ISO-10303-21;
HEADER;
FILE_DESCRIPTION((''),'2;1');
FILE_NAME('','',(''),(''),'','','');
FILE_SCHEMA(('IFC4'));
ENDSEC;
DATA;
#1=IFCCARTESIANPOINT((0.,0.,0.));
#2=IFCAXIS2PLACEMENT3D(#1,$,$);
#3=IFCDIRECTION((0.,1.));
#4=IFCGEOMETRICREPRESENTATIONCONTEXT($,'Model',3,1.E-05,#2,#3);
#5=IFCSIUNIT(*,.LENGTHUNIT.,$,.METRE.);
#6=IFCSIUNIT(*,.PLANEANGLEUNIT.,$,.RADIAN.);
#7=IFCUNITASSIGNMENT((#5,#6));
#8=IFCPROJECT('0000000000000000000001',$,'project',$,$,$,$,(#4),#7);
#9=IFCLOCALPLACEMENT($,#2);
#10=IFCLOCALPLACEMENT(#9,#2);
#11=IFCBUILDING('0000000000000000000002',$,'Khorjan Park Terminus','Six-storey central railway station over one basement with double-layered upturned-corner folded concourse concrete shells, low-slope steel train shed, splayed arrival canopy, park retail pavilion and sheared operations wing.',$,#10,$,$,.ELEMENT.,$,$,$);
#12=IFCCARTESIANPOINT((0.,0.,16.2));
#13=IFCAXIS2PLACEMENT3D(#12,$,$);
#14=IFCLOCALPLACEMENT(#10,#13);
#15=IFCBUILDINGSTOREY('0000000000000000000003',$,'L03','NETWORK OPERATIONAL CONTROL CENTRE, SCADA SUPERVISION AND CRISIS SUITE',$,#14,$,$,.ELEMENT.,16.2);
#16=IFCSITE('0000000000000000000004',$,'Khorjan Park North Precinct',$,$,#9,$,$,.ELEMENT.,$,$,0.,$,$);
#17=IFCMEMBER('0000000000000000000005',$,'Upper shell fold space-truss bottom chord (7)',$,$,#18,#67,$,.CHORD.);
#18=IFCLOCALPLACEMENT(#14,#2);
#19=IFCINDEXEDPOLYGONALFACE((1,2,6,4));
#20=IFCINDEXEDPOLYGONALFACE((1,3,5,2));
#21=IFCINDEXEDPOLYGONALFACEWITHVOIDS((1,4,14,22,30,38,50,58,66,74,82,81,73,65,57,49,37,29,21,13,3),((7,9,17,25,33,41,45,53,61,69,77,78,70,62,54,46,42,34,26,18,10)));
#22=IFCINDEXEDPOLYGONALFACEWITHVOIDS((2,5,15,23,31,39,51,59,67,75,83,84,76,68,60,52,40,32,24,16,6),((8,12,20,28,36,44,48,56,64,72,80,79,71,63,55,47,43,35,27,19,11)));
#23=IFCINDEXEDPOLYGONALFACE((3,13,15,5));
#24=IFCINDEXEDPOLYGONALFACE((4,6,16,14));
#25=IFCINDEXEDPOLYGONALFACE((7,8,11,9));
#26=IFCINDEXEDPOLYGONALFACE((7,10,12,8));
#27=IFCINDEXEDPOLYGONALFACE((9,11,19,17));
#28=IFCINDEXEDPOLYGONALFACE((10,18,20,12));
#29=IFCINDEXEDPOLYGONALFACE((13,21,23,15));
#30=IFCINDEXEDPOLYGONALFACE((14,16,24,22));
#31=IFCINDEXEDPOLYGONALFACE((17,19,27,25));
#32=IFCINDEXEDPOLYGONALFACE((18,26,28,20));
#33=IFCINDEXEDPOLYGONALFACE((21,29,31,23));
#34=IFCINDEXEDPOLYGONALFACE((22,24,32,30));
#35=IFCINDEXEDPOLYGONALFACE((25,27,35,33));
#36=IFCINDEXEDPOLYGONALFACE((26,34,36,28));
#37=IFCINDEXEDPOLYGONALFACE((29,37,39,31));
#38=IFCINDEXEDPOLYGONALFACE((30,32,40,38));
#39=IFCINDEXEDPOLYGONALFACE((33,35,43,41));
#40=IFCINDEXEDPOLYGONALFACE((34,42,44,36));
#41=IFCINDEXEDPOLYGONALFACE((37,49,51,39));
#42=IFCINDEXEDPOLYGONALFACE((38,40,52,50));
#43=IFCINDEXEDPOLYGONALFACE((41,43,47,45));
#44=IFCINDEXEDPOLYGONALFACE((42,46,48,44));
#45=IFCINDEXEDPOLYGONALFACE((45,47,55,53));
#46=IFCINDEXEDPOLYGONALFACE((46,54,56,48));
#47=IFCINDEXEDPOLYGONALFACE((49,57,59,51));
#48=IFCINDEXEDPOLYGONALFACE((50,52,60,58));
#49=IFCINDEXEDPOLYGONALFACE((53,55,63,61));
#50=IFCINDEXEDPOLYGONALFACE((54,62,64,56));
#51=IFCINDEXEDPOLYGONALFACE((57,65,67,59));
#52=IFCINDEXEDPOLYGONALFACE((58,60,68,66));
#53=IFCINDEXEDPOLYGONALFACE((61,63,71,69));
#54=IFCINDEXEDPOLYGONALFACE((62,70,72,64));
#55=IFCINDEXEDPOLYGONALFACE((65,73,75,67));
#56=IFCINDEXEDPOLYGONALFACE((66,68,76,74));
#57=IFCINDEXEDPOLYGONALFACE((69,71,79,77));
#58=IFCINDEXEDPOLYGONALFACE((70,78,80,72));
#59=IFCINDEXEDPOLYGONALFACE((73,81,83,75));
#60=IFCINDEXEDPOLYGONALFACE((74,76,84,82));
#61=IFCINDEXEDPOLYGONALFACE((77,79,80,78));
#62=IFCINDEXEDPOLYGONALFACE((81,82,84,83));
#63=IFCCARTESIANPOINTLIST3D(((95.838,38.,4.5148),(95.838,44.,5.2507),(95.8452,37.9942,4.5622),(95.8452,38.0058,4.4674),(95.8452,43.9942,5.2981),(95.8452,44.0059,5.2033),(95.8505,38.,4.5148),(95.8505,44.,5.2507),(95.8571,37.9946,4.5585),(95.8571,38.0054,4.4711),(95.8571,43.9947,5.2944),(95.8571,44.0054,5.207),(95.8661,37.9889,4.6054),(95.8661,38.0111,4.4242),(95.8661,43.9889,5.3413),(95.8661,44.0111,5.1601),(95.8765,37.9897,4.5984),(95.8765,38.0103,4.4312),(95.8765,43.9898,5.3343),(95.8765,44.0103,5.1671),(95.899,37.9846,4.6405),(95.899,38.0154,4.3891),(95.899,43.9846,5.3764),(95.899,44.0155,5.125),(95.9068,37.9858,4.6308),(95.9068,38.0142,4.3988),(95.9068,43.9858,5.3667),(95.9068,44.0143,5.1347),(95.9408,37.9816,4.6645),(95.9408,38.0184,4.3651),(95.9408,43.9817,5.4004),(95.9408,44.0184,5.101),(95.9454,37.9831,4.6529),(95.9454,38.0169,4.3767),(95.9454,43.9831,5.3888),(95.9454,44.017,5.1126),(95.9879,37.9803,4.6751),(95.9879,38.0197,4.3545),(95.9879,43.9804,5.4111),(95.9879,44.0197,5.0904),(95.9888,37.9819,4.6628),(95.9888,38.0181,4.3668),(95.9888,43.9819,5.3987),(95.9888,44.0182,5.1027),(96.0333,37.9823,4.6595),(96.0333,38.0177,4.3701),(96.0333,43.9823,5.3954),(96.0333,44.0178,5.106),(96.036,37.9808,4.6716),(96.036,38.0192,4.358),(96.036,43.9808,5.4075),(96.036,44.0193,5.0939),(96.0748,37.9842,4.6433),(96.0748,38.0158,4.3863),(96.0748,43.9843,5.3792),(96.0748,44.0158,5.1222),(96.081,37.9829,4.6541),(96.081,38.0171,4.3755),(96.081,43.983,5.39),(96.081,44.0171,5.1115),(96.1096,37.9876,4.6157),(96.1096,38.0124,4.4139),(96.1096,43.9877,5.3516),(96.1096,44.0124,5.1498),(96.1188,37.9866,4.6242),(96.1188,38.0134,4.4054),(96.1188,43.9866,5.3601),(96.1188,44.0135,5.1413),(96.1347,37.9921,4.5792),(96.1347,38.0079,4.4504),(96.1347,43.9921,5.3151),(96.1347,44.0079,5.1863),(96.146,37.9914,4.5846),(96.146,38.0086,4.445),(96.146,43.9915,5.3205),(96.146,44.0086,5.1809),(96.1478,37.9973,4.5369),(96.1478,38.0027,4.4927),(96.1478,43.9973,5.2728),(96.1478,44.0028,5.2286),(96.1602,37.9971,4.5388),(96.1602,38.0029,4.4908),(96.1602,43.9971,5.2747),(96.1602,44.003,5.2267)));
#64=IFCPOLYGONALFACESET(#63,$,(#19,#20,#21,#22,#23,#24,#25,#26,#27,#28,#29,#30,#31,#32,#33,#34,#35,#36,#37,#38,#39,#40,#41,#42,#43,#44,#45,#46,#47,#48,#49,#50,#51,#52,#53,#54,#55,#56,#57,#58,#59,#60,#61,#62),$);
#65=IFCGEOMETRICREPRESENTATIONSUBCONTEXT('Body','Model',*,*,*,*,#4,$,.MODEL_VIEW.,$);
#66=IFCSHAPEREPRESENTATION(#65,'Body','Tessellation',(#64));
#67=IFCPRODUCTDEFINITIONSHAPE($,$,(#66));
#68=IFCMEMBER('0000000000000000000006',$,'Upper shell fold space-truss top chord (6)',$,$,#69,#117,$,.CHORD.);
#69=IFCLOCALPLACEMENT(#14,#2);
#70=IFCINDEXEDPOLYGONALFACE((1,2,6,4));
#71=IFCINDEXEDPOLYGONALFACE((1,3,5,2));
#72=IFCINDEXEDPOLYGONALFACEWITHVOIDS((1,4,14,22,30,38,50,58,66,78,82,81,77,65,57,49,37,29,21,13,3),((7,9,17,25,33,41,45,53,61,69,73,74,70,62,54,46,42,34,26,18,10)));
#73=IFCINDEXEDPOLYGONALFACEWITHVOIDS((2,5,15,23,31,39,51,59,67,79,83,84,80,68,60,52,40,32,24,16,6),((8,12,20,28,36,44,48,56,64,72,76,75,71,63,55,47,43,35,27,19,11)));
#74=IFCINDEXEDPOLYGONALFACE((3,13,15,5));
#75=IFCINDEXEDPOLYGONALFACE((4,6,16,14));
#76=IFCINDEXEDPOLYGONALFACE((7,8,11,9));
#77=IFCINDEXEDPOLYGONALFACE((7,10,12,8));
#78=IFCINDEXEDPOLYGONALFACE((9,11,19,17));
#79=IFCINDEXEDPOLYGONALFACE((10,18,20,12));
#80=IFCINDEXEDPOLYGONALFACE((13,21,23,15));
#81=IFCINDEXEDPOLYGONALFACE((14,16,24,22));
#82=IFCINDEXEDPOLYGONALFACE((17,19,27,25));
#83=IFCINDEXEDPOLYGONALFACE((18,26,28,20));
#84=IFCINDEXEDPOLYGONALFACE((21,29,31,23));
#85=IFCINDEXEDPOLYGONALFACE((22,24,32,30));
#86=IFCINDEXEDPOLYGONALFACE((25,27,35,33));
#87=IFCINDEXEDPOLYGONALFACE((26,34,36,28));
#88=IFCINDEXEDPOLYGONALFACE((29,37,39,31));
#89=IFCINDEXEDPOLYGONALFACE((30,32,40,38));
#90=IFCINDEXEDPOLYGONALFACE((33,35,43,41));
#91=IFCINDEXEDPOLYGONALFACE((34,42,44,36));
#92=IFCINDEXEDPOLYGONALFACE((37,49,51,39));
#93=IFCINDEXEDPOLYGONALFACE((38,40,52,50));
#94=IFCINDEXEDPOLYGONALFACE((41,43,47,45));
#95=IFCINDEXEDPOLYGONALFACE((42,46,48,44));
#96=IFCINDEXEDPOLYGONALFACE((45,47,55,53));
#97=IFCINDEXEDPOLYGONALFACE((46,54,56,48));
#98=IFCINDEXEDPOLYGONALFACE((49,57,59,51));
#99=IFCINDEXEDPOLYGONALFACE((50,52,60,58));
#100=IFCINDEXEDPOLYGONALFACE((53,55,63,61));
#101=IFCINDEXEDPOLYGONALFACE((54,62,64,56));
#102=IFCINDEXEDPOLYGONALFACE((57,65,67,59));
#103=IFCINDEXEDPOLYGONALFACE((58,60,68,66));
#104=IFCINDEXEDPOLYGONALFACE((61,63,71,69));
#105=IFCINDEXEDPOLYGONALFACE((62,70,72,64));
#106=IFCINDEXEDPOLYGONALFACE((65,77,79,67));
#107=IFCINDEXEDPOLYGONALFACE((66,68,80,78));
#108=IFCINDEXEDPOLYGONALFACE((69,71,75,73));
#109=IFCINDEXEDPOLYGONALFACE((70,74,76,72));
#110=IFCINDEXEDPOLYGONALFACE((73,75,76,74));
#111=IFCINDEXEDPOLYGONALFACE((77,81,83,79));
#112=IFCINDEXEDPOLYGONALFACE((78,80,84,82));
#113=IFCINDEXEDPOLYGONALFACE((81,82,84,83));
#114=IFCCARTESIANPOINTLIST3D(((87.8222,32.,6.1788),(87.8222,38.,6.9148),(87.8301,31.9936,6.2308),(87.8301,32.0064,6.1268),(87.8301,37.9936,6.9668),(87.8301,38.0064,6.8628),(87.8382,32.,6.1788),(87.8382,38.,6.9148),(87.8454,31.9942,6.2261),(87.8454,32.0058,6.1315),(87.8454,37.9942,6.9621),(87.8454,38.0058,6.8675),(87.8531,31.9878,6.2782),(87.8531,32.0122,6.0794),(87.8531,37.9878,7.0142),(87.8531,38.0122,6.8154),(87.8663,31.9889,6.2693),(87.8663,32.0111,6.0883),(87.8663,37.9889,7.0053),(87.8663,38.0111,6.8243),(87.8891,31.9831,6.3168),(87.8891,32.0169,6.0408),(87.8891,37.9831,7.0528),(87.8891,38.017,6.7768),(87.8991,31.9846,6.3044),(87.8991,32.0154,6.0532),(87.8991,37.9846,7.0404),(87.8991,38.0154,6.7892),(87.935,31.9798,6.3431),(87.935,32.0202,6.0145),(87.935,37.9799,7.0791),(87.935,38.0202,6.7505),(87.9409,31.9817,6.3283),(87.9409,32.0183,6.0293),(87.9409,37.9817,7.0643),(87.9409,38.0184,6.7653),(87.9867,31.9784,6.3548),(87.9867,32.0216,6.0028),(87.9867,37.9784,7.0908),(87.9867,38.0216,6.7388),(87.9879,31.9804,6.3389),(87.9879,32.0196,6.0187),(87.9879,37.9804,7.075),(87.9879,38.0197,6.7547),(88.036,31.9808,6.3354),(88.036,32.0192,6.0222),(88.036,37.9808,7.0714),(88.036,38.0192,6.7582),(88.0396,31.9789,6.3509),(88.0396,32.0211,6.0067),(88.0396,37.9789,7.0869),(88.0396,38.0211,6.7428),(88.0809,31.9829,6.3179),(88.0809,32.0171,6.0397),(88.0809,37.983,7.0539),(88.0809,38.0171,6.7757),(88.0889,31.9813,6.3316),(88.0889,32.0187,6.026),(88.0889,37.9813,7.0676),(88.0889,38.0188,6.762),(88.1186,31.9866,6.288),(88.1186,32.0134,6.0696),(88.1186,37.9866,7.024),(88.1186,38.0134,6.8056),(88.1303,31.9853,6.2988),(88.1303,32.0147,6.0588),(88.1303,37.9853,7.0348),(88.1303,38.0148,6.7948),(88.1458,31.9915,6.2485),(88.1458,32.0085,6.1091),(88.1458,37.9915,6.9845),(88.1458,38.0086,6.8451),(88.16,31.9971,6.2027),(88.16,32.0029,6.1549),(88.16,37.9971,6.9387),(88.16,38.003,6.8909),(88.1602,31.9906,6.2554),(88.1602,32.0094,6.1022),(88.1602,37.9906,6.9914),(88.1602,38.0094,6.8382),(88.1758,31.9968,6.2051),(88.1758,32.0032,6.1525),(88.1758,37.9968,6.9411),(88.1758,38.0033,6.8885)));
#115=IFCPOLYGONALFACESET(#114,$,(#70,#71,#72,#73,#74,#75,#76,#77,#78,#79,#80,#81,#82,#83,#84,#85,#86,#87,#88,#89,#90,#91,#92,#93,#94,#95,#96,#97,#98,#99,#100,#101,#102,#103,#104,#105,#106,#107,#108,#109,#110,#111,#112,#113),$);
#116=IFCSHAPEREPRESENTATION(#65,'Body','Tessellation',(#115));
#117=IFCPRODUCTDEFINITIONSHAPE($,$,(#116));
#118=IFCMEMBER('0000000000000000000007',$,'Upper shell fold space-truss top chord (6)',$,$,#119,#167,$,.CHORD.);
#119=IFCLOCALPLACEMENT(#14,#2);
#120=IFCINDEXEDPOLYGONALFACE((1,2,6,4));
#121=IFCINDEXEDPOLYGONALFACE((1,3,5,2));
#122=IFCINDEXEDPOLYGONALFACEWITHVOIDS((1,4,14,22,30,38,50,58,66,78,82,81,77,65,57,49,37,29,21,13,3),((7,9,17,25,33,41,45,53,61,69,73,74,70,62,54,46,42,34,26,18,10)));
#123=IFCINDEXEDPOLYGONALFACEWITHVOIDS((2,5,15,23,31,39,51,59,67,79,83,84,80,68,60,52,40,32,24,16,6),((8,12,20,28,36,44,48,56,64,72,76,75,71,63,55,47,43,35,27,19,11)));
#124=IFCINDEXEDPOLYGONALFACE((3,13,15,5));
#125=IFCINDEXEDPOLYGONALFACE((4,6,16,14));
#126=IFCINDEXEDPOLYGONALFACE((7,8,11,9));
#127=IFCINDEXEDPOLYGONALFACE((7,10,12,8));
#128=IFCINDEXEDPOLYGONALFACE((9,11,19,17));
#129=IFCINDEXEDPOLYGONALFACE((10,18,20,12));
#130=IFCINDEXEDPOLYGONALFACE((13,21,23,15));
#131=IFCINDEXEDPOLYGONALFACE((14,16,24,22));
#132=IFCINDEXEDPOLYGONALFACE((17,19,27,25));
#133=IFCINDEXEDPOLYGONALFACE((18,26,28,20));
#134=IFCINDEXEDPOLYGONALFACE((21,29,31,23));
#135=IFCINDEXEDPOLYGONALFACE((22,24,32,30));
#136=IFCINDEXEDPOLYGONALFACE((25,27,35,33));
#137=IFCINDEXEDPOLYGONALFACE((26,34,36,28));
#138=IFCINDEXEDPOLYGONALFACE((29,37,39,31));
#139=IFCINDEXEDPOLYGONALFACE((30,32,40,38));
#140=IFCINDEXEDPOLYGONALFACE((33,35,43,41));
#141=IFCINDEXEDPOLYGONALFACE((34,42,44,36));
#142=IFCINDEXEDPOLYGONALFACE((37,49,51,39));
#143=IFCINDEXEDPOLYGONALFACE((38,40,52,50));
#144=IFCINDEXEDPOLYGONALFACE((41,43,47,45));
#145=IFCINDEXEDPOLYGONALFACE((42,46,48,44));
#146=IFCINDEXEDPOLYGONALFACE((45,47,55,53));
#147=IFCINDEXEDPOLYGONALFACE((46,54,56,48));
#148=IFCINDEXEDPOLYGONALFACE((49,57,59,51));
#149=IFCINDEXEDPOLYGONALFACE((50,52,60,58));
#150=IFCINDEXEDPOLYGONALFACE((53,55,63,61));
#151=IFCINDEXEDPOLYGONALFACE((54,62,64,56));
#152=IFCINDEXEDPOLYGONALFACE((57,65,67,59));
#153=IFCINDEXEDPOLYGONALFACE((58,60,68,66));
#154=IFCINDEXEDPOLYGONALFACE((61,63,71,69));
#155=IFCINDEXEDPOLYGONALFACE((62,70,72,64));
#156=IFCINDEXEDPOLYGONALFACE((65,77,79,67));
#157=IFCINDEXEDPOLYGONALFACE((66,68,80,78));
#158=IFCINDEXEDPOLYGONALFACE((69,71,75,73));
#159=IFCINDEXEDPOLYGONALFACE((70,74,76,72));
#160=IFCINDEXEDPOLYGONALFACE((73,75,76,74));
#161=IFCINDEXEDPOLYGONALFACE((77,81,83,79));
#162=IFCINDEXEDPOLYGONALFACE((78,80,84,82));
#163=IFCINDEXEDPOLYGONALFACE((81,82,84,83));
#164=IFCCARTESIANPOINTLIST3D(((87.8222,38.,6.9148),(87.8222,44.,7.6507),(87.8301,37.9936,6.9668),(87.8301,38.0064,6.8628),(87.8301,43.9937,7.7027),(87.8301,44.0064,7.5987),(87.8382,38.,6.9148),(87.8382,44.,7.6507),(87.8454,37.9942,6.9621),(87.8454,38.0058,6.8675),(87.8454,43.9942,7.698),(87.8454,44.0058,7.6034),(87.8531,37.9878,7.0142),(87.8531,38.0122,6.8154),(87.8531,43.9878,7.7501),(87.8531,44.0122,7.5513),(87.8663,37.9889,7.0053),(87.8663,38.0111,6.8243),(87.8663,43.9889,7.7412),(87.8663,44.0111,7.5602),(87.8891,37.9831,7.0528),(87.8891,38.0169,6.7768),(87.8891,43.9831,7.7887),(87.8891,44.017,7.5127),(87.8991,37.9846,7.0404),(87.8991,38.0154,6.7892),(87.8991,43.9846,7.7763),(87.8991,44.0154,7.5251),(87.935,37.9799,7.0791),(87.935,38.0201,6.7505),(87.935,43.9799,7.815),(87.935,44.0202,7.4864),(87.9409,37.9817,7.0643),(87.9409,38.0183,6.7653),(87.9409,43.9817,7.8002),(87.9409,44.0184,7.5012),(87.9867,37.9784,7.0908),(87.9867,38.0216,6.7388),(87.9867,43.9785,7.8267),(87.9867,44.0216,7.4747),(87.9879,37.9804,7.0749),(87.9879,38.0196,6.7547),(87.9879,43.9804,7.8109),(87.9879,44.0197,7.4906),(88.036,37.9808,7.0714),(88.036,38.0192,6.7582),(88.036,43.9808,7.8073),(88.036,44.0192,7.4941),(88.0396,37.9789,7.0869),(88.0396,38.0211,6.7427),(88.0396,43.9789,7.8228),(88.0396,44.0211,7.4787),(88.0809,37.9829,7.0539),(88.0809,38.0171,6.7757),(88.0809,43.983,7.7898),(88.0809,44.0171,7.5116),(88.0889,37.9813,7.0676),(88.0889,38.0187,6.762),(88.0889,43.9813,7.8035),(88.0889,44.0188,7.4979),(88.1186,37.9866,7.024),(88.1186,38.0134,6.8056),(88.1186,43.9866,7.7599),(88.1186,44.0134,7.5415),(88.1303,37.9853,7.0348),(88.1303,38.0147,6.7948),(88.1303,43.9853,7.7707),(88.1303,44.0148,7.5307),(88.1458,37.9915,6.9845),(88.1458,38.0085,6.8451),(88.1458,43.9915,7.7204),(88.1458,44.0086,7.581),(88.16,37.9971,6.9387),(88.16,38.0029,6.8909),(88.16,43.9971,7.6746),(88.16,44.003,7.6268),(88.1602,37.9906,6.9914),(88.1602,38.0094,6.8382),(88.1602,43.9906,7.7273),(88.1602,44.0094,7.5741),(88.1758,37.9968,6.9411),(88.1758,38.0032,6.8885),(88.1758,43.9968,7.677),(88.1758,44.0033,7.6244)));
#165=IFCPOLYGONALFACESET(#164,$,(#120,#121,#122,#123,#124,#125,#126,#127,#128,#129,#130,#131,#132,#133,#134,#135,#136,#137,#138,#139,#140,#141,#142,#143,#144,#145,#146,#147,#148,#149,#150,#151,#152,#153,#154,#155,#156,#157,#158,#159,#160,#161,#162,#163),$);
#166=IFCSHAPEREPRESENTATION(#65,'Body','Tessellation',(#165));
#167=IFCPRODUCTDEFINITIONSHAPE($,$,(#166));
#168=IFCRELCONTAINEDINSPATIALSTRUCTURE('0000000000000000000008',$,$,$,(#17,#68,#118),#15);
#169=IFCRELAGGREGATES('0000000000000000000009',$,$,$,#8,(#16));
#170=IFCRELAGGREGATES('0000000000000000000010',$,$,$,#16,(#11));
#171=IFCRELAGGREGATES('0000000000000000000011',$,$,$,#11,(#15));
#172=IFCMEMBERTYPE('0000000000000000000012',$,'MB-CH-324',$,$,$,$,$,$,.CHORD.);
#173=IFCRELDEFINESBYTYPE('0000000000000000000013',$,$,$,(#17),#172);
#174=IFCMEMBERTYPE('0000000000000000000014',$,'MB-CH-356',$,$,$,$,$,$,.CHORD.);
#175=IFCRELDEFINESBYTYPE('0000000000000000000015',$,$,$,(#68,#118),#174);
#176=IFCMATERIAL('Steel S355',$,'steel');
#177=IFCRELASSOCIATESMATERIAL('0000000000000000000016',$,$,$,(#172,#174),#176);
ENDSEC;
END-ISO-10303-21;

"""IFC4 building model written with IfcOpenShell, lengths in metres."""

from ifc_helpers import new_model, si_unit, direction, frame, origin, origin_2d, place, context, subcontext, project, spatial, hollow_circle, extrude, material, material_profile, profile_set, type_object, element, save


model = new_model("IFC4")

# Units and contexts
model_context = context("Model", 3, precision=1e-05, world=origin(), true_north=direction((0.0, 1.0)))
body_context = subcontext(model_context, "Body", "Model", "MODEL_VIEW")
ifc_project = project(units=[si_unit("LENGTHUNIT", "METRE"), si_unit("PLANEANGLEUNIT", "RADIAN")], contexts=[model_context])

# Site, building, storey
site_placement = place(None, origin())
site = spatial("IfcSite", under=ifc_project, at=site_placement, Name="Khorjan Park North Precinct", CompositionType="ELEMENT", RefElevation=0.0)
building_placement = place(site_placement, origin())
building = spatial("IfcBuilding", under=site, at=building_placement, Name="Khorjan Park Terminus", Description="Six-storey central railway station over one basement with double-layered upturned-corner folded concourse concrete shells, low-slope steel train shed, splayed arrival canopy, park retail pavilion and sheared operations wing.", CompositionType="ELEMENT")
storey_placement = place(building_placement, frame((0.0, 0.0, 16.2)))
storey = spatial("IfcBuildingStorey", under=building, at=storey_placement, Name="L03", Description="NETWORK OPERATIONAL CONTROL CENTRE, SCADA SUPERVISION AND CRISIS SUITE", CompositionType="ELEMENT", Elevation=16.2)

# Members
ifc_material_1 = material(Name="Steel S355", Category="steel")
ifc_material_profile_1 = material_profile(ifc_material_1, hollow_circle(Radius=0.162, WallThickness=0.0125, at=origin_2d()), Name="CHS 323.9x12.5")
ifc_profile_set_1 = profile_set([ifc_material_profile_1], Name="Steel S355")
member_type_1 = type_object("IfcMemberType", Name="MB-CH-324", PredefinedType="CHORD", material=ifc_profile_set_1)
for number, where, z_axis, x_axis, name in (
    (1, (96.0, 38.0, 4.5148), (0.0, 0.992562, 0.121738), (-1.0, 0.0, 0.0), "Upper shell fold space-truss bottom chord (7)"),
):
    element("IfcMember", number, at=place(storey_placement, frame(where, z_axis=z_axis, x_axis=x_axis)), inside=storey, type_object=member_type_1, Name=name, PredefinedType="CHORD", context=body_context, shape_type="SweptSolid", body=[
        extrude(hollow_circle(Radius=0.162, WallThickness=0.0125, at=origin_2d()), origin(), (0.0, 0.0, 1.0), 6.045),
    ])
ifc_material_profile_2 = material_profile(ifc_material_1, hollow_circle(Radius=0.1778, WallThickness=0.016, at=origin_2d()), Name="CHS 355.6x16")
ifc_profile_set_2 = profile_set([ifc_material_profile_2], Name="Steel S355")
member_type_2 = type_object("IfcMemberType", Name="MB-CH-356", PredefinedType="CHORD", material=ifc_profile_set_2)
for number, where, z_axis, x_axis, name in (
    (2, (88.0, 32.0, 6.1788), (0.0, 0.99256, 0.121754), (-1.0, 0.0, 0.0), "Upper shell fold space-truss top chord (6)"),
    (3, (88.0, 38.0, 6.9148), (0.0, 0.992562, 0.121738), (-1.0, 0.0, 0.0), "Upper shell fold space-truss top chord (6)"),
):
    element("IfcMember", number, at=place(storey_placement, frame(where, z_axis=z_axis, x_axis=x_axis)), inside=storey, type_object=member_type_2, Name=name, PredefinedType="CHORD", context=body_context, shape_type="SweptSolid", body=[
        extrude(hollow_circle(Radius=0.1778, WallThickness=0.016, at=origin_2d()), origin(), (0.0, 0.0, 1.0), 6.045),
    ])

save(model, "model.ifc")
